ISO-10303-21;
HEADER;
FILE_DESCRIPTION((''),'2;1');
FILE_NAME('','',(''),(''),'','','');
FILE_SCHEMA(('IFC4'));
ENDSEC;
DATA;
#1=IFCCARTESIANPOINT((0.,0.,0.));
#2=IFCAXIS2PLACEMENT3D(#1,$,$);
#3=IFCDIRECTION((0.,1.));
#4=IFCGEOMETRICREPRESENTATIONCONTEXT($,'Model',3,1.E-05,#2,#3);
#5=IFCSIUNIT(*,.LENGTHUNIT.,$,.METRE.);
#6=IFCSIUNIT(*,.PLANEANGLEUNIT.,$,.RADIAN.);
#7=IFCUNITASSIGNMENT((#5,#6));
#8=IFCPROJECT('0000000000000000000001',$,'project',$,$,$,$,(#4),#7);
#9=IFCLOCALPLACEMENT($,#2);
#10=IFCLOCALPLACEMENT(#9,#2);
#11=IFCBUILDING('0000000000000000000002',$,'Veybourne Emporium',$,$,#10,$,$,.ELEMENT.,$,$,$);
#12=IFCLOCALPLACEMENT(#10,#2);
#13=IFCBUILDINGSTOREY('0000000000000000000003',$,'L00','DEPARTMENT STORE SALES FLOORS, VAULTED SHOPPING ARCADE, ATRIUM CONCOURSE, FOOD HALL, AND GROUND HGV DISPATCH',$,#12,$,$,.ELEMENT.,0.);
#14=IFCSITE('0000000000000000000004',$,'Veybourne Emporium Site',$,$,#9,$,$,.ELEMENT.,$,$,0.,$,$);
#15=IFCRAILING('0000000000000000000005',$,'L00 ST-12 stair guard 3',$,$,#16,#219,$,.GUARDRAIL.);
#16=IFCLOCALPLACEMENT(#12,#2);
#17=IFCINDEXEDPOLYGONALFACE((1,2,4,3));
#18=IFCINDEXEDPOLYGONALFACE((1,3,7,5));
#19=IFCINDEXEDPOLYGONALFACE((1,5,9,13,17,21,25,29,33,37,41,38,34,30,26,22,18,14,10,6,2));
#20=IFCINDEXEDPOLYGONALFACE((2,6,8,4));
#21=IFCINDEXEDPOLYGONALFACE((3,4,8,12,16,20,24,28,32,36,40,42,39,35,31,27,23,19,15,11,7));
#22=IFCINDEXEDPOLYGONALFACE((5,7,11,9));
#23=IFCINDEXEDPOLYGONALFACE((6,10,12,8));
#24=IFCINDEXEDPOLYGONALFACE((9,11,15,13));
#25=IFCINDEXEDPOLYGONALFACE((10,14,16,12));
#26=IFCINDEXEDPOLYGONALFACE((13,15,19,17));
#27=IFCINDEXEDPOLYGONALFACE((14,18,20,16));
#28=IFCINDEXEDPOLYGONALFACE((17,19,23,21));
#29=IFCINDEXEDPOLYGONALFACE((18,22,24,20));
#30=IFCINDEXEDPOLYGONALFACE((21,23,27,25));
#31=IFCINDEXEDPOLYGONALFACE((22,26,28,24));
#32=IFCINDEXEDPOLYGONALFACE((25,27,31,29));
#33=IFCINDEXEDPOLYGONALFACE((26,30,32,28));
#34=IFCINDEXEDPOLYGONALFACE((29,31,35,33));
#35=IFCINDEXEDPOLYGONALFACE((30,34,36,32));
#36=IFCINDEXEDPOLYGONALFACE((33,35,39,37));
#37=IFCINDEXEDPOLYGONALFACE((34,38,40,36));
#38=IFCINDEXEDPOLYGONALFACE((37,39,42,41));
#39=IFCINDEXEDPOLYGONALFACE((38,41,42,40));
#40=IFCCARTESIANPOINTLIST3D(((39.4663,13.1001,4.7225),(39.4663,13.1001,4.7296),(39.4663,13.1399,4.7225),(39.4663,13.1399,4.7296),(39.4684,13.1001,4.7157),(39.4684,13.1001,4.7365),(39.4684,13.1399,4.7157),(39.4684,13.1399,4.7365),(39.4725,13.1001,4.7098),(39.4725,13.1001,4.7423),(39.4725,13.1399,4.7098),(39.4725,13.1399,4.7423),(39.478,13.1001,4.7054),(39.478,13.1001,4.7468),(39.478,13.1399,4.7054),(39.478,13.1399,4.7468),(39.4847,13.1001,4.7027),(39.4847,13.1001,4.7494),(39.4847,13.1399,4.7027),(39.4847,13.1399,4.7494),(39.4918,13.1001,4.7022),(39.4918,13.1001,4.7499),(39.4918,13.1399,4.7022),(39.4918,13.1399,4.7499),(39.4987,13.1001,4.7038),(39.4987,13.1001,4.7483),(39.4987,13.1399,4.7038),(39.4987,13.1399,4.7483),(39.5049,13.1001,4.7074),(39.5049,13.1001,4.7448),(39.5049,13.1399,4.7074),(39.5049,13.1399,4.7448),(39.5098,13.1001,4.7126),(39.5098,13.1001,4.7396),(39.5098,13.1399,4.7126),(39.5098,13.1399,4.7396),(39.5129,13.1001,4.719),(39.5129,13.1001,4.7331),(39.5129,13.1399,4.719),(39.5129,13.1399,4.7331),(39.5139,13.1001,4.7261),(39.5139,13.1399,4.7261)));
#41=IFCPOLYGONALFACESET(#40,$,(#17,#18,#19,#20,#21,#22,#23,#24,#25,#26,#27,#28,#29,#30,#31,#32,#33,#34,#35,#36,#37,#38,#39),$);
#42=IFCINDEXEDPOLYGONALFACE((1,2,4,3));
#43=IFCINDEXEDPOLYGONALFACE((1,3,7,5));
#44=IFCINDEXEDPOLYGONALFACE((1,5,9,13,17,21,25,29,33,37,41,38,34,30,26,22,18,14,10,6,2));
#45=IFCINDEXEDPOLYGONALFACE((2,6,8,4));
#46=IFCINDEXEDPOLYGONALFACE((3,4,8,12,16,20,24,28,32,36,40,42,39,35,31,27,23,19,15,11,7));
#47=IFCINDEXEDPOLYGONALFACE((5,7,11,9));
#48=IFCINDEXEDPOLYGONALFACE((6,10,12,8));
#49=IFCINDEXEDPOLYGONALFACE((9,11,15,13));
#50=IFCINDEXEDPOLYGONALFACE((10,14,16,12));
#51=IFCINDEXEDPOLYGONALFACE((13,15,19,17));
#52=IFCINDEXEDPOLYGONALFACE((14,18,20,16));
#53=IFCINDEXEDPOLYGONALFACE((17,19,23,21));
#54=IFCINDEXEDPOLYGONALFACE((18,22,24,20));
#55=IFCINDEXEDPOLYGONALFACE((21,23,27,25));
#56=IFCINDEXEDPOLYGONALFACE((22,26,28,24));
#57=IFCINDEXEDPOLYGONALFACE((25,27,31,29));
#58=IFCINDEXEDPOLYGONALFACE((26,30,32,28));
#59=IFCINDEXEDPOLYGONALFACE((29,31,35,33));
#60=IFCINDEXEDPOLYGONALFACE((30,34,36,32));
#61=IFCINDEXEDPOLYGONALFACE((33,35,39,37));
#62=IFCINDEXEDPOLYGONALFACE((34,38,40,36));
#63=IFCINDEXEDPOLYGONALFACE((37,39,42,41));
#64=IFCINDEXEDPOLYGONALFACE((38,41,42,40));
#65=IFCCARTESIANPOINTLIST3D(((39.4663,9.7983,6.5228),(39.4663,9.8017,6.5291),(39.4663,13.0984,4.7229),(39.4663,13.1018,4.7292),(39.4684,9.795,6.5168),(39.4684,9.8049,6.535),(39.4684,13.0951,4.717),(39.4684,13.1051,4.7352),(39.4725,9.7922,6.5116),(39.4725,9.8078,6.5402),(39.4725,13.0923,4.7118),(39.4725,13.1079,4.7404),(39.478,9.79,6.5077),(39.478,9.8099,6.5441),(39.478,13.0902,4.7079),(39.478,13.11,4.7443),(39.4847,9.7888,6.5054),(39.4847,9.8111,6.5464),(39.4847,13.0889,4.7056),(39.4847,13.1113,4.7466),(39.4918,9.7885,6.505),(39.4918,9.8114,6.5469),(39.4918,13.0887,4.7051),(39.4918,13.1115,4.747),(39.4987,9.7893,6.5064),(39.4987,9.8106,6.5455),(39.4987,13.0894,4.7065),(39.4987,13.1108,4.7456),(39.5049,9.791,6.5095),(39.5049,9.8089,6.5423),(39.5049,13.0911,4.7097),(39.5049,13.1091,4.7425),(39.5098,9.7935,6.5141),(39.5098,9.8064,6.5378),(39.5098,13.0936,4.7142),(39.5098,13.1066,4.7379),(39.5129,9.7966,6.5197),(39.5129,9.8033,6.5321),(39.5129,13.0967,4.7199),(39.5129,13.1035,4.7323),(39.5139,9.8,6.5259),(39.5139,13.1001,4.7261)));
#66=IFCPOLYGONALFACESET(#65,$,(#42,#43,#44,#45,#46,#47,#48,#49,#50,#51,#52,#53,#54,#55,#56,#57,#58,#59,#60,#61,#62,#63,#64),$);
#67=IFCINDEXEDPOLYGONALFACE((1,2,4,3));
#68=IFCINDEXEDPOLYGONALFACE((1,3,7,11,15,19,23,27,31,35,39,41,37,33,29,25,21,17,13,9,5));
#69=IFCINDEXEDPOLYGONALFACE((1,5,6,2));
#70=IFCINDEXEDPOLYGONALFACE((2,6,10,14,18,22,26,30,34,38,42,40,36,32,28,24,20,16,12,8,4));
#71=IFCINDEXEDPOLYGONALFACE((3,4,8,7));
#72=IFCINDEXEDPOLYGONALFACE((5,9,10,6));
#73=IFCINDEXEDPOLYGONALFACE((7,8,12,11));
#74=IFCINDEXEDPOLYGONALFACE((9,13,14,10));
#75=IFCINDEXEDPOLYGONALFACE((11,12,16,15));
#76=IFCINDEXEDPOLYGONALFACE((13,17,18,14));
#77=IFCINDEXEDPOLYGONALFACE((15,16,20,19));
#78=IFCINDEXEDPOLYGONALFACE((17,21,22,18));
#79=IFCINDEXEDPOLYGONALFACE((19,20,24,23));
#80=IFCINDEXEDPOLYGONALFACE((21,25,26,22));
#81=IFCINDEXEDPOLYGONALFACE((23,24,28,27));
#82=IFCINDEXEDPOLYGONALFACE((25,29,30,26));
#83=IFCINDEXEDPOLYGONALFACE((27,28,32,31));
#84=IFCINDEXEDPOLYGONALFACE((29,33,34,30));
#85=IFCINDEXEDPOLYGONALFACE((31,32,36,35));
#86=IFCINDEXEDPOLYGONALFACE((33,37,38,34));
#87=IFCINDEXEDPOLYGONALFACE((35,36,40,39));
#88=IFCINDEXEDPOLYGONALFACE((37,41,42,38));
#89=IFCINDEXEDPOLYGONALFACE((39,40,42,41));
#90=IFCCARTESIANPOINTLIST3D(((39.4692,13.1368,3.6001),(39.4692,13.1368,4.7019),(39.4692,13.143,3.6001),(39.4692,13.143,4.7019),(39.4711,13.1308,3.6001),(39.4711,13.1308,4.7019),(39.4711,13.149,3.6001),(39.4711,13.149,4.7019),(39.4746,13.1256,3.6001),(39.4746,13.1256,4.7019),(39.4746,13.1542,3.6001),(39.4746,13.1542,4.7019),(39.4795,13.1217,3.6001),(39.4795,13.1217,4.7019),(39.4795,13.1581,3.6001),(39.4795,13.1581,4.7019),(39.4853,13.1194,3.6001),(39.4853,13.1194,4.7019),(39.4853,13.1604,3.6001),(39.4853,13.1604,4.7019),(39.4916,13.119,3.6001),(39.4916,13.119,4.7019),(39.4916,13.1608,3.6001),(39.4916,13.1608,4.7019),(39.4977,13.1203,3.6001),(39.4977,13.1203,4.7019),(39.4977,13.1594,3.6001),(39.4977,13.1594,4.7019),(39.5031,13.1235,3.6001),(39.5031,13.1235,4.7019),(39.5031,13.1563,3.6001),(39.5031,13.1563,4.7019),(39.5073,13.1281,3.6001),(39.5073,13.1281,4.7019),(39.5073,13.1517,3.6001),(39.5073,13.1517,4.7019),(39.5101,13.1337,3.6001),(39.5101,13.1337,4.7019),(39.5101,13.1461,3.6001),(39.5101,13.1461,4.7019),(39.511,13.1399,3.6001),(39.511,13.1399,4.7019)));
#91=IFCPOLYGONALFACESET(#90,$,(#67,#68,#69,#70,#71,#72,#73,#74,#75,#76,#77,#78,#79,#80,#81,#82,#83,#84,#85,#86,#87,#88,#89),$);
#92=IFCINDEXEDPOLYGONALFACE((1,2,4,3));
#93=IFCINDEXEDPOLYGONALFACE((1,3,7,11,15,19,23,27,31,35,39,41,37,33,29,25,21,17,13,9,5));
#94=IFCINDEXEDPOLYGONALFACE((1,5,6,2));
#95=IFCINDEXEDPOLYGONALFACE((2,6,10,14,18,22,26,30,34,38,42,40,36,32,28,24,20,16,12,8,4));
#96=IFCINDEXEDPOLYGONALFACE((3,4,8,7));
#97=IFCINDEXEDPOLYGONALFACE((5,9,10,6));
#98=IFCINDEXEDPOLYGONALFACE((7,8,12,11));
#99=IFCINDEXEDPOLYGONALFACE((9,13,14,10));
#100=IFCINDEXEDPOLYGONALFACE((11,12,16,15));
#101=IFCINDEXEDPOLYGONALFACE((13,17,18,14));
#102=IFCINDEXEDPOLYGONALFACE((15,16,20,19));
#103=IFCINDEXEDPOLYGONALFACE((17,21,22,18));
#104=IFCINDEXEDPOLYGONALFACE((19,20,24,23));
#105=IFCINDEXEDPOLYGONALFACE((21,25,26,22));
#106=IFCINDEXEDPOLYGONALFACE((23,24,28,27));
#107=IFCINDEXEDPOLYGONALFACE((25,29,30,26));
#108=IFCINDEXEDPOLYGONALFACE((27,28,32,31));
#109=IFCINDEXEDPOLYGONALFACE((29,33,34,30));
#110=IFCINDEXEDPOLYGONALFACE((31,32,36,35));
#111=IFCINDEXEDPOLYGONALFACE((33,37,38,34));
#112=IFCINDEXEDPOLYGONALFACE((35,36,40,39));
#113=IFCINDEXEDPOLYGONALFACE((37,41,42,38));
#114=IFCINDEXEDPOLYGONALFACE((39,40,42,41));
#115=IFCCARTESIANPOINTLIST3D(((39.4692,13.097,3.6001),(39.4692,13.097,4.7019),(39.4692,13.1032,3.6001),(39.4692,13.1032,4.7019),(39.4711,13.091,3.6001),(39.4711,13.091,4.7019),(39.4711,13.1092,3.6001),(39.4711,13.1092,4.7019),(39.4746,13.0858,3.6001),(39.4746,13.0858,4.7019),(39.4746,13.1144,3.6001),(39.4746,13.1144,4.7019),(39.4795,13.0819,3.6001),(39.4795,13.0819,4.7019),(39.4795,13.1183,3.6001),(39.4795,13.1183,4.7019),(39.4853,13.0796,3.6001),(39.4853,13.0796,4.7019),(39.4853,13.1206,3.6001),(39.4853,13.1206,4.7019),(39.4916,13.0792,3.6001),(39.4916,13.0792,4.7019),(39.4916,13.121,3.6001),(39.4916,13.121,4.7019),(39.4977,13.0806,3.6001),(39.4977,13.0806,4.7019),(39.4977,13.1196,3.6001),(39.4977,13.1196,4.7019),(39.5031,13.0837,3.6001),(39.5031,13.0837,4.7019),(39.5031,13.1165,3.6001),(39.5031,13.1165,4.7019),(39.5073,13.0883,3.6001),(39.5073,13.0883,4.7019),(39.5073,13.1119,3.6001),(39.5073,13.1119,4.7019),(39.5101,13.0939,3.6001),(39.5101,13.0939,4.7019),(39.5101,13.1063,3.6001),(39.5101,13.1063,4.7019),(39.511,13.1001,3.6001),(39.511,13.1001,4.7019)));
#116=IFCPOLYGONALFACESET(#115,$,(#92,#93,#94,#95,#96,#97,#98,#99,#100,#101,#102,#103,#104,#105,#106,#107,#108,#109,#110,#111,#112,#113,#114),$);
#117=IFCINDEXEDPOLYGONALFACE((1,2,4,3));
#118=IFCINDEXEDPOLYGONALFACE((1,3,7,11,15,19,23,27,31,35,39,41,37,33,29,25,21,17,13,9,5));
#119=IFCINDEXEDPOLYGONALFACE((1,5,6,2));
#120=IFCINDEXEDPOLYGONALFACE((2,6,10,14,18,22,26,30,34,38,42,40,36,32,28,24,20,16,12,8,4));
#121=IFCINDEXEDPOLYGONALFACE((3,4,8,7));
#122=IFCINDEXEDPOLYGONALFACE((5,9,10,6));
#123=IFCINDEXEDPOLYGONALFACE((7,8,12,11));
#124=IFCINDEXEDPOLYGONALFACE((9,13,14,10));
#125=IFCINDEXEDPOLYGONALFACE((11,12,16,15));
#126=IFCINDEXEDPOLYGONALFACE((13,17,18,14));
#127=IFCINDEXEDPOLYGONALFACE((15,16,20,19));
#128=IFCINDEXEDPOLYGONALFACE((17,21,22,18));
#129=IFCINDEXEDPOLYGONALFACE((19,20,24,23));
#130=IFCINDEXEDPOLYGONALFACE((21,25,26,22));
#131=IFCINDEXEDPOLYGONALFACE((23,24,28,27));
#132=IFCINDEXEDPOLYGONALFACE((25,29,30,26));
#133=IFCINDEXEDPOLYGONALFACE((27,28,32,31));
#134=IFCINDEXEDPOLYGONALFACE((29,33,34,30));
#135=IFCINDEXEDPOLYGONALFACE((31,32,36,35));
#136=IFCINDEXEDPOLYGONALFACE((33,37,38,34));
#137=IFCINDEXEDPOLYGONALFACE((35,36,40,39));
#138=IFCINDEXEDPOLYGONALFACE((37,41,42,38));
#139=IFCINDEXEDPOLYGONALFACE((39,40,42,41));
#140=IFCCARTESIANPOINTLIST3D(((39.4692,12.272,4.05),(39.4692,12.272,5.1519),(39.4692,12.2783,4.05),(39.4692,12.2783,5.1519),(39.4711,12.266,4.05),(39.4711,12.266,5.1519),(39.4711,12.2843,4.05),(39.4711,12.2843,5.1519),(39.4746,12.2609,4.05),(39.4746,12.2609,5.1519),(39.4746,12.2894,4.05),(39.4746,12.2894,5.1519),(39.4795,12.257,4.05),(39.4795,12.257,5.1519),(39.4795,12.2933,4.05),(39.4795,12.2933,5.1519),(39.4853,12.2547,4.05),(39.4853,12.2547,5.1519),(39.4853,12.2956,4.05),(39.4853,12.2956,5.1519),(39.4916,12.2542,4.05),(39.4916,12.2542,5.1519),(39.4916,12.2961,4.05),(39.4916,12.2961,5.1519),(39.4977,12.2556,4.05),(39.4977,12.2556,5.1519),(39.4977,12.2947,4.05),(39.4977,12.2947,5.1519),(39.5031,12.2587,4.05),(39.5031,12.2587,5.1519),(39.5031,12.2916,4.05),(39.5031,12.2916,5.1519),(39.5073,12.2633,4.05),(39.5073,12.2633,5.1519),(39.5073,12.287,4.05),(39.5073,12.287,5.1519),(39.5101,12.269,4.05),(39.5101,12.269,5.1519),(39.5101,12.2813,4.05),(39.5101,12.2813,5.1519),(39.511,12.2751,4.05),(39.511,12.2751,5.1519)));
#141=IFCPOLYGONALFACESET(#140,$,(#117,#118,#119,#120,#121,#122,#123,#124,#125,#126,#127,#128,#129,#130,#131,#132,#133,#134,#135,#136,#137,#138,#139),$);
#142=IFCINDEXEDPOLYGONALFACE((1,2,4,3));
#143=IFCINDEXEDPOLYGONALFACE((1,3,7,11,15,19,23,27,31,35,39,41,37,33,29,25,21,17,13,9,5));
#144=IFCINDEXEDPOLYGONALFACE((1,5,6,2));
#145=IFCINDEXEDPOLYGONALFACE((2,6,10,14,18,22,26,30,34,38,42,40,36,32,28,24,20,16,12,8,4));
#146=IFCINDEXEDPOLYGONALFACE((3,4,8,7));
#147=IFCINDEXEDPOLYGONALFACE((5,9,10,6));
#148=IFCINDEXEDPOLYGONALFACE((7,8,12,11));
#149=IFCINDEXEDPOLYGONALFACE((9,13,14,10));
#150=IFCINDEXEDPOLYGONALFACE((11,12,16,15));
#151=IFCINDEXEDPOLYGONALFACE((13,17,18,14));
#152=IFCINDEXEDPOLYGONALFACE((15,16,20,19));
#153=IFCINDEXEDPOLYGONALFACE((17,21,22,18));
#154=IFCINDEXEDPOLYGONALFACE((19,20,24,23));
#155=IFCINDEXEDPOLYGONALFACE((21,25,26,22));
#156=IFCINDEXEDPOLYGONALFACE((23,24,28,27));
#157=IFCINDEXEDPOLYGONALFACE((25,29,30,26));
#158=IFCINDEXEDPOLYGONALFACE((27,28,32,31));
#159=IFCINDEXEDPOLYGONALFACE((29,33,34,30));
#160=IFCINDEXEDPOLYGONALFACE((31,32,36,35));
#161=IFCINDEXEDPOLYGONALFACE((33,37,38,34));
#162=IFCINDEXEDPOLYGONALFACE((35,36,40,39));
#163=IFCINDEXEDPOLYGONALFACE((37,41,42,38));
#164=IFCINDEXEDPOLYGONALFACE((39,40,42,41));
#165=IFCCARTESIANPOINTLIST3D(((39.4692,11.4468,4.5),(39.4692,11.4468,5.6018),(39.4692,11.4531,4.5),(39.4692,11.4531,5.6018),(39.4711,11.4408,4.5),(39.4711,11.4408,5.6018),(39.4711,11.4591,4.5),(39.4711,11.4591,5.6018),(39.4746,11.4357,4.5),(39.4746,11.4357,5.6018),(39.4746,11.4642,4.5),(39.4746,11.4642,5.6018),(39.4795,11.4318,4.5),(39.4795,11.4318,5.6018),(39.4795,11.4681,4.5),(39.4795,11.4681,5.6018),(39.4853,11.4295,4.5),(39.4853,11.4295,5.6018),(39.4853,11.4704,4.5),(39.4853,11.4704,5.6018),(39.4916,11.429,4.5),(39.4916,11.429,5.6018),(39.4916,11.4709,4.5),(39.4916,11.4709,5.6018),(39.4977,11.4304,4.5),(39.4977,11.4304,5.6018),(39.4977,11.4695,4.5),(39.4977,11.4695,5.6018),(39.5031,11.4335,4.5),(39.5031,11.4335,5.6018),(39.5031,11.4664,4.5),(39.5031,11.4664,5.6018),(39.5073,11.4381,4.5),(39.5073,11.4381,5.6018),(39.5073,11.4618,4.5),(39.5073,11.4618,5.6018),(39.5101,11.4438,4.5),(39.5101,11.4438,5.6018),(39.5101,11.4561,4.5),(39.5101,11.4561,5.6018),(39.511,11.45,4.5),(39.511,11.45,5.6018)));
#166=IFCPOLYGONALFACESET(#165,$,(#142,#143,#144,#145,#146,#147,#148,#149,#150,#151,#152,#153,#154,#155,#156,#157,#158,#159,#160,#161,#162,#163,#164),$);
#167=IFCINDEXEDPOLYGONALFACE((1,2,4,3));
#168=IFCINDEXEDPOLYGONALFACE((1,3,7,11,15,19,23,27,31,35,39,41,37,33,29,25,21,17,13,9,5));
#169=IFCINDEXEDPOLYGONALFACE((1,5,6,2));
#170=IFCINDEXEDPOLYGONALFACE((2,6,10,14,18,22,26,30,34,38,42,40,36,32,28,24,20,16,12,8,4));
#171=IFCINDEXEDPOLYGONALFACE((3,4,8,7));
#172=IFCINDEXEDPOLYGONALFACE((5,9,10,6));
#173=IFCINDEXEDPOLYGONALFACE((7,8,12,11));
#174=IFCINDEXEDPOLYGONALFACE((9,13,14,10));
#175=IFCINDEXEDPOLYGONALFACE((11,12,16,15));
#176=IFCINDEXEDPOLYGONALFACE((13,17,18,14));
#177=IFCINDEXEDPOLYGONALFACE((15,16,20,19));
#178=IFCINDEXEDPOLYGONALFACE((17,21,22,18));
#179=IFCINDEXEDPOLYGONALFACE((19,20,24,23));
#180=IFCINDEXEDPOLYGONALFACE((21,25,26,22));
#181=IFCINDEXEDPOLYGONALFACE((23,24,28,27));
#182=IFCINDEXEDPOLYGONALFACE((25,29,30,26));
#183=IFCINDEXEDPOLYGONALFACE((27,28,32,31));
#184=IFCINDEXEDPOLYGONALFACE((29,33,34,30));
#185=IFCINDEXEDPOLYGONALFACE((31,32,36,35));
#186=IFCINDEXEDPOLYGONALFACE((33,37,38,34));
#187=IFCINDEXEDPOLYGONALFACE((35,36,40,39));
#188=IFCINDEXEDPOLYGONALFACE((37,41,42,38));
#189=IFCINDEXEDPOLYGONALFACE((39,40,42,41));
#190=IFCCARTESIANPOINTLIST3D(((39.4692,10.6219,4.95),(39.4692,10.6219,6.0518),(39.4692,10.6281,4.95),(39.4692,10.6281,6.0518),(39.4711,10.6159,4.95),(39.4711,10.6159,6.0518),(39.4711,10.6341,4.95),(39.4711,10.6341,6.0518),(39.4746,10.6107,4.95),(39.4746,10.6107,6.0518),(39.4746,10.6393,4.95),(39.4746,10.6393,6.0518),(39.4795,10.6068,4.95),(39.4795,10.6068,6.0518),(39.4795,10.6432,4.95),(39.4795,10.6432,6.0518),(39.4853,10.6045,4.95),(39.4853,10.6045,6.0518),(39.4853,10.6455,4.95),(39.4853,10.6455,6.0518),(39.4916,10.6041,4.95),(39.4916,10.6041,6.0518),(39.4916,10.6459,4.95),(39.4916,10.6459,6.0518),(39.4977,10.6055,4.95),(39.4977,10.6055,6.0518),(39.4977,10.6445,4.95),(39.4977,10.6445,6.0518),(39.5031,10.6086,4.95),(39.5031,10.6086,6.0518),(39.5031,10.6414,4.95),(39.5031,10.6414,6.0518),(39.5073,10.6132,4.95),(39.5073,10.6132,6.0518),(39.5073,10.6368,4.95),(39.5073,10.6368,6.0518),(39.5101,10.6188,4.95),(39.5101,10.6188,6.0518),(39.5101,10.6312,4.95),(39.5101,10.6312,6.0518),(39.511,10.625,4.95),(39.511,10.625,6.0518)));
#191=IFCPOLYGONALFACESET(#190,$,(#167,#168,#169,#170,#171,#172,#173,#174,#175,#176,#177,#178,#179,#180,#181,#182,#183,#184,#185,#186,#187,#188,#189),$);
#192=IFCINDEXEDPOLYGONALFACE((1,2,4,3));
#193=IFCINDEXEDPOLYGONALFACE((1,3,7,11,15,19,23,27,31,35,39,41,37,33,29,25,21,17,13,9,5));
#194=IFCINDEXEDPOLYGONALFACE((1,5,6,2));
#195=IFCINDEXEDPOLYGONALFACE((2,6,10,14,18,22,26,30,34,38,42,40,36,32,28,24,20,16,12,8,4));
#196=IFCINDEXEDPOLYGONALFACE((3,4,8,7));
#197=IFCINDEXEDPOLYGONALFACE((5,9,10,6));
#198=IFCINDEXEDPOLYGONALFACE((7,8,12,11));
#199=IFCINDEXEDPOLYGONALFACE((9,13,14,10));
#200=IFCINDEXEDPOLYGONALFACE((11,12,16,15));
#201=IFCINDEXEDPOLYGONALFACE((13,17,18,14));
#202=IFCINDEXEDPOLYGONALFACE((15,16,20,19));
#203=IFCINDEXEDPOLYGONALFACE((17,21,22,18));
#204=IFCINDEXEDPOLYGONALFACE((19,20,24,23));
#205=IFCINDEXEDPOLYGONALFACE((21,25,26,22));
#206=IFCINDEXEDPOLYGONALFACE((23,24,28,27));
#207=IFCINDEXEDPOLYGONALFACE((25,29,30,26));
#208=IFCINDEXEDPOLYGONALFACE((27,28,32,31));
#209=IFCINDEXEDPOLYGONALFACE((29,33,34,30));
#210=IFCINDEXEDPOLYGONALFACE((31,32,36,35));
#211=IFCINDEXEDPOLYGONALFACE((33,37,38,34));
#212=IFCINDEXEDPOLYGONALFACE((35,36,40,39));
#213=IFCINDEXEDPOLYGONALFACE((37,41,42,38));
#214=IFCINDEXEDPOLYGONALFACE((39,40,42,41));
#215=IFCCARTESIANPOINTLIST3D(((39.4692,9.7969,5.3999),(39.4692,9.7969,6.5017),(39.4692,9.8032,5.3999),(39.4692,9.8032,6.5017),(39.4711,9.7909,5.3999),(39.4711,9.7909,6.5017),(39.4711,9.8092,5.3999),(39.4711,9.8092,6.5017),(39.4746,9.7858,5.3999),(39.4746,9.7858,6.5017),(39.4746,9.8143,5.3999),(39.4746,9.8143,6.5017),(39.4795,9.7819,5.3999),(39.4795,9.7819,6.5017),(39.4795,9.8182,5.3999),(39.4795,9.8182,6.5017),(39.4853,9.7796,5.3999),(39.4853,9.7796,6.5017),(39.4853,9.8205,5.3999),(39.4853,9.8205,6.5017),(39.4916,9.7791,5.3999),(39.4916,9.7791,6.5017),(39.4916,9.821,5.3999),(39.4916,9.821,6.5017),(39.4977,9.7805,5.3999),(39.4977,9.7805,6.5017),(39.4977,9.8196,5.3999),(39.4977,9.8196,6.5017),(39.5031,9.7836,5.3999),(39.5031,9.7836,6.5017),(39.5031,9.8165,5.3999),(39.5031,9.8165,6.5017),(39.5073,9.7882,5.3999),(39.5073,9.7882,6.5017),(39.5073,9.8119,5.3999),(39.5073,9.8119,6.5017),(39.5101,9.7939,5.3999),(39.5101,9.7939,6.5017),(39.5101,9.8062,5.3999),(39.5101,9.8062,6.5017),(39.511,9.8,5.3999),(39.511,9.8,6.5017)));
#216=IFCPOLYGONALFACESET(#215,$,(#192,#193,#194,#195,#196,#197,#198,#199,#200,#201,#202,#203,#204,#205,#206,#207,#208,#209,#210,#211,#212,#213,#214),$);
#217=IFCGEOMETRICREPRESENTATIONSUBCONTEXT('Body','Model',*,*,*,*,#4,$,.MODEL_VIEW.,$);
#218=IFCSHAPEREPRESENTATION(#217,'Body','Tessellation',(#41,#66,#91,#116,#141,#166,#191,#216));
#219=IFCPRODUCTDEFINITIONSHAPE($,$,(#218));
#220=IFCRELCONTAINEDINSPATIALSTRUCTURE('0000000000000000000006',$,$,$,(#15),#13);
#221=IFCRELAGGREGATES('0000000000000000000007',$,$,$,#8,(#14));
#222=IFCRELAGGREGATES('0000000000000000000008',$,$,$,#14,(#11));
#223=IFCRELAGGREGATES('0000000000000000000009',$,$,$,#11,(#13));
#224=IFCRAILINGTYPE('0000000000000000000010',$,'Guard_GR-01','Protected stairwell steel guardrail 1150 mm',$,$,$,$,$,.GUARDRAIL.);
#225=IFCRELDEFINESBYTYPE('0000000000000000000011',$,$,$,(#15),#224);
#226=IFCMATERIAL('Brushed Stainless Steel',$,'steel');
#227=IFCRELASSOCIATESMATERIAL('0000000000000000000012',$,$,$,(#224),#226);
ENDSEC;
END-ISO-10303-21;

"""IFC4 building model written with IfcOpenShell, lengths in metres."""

from ifc_helpers import new_model, si_unit, direction, frame, origin, origin_2d, place, context, subcontext, project, spatial, circle, extrude, material, type_object, element, save


model = new_model("IFC4")

# Units and contexts
model_context = context("Model", 3, precision=1e-05, world=origin(), true_north=direction((0.0, 1.0)))
body_context = subcontext(model_context, "Body", "Model", "MODEL_VIEW")
ifc_project = project(units=[si_unit("LENGTHUNIT", "METRE"), si_unit("PLANEANGLEUNIT", "RADIAN")], contexts=[model_context])

# Site, building, storey
site_placement = place(None, origin())
site = spatial("IfcSite", under=ifc_project, at=site_placement, Name="Veybourne Emporium Site", CompositionType="ELEMENT", RefElevation=0.0)
building_placement = place(site_placement, origin())
building = spatial("IfcBuilding", under=site, at=building_placement, Name="Veybourne Emporium", CompositionType="ELEMENT")
storey_placement = place(building_placement, origin())
storey = spatial("IfcBuildingStorey", under=building, at=storey_placement, Name="L00", Description="DEPARTMENT STORE SALES FLOORS, VAULTED SHOPPING ARCADE, ATRIUM CONCOURSE, FOOD HALL, AND GROUND HGV DISPATCH", CompositionType="ELEMENT", Elevation=0.0)

# Railing
ifc_material_1 = material(Name="Brushed Stainless Steel", Category="steel")
railing_type_1 = type_object("IfcRailingType", Name="Guard_GR-01", Description="Protected stairwell steel guardrail 1150 mm", PredefinedType="GUARDRAIL", material=ifc_material_1)
railing_1_placement = place(storey_placement, frame((39.49, 13.1399, 3.6001)))
element("IfcRailing", 1, at=railing_1_placement, inside=storey, type_object=railing_type_1, Name="L00 ST-12 stair guard 3", PredefinedType="GUARDRAIL", context=body_context, shape_type="SweptSolid", body=[
    extrude(circle(Radius=0.0239, at=origin_2d()), frame((0.0, 0.0, 1.126), z_axis=(0.0, -1.0, 0.0), x_axis=(1.0, 0.0, 0.0)), (0.0, 0.0, 1.0), 0.0398),
    extrude(circle(Radius=0.0239, at=origin_2d()), frame((0.0, -0.0398, 1.126), z_axis=(0.0, -0.87792, 0.478807), x_axis=(1.0, 0.0, 0.0)), (0.0, 0.0, 1.0), 3.759),
    extrude(circle(Radius=0.021, at=origin_2d()), origin(), (0.0, 0.0, 1.0), 1.1018),
    extrude(circle(Radius=0.021, at=origin_2d()), frame((0.0, -0.0398, 0.0)), (0.0, 0.0, 1.0), 1.1018),
    extrude(circle(Radius=0.021, at=origin_2d()), frame((0.0, -0.8647, 0.45)), (0.0, 0.0, 1.0), 1.1018),
    extrude(circle(Radius=0.021, at=origin_2d()), frame((0.0, -1.6899, 0.8999)), (0.0, 0.0, 1.0), 1.1018),
    extrude(circle(Radius=0.021, at=origin_2d()), frame((0.0, -2.5149, 1.3499)), (0.0, 0.0, 1.0), 1.1018),
    extrude(circle(Radius=0.021, at=origin_2d()), frame((0.0, -3.3398, 1.7998)), (0.0, 0.0, 1.0), 1.1018),
])

save(model, "model.ifc")
